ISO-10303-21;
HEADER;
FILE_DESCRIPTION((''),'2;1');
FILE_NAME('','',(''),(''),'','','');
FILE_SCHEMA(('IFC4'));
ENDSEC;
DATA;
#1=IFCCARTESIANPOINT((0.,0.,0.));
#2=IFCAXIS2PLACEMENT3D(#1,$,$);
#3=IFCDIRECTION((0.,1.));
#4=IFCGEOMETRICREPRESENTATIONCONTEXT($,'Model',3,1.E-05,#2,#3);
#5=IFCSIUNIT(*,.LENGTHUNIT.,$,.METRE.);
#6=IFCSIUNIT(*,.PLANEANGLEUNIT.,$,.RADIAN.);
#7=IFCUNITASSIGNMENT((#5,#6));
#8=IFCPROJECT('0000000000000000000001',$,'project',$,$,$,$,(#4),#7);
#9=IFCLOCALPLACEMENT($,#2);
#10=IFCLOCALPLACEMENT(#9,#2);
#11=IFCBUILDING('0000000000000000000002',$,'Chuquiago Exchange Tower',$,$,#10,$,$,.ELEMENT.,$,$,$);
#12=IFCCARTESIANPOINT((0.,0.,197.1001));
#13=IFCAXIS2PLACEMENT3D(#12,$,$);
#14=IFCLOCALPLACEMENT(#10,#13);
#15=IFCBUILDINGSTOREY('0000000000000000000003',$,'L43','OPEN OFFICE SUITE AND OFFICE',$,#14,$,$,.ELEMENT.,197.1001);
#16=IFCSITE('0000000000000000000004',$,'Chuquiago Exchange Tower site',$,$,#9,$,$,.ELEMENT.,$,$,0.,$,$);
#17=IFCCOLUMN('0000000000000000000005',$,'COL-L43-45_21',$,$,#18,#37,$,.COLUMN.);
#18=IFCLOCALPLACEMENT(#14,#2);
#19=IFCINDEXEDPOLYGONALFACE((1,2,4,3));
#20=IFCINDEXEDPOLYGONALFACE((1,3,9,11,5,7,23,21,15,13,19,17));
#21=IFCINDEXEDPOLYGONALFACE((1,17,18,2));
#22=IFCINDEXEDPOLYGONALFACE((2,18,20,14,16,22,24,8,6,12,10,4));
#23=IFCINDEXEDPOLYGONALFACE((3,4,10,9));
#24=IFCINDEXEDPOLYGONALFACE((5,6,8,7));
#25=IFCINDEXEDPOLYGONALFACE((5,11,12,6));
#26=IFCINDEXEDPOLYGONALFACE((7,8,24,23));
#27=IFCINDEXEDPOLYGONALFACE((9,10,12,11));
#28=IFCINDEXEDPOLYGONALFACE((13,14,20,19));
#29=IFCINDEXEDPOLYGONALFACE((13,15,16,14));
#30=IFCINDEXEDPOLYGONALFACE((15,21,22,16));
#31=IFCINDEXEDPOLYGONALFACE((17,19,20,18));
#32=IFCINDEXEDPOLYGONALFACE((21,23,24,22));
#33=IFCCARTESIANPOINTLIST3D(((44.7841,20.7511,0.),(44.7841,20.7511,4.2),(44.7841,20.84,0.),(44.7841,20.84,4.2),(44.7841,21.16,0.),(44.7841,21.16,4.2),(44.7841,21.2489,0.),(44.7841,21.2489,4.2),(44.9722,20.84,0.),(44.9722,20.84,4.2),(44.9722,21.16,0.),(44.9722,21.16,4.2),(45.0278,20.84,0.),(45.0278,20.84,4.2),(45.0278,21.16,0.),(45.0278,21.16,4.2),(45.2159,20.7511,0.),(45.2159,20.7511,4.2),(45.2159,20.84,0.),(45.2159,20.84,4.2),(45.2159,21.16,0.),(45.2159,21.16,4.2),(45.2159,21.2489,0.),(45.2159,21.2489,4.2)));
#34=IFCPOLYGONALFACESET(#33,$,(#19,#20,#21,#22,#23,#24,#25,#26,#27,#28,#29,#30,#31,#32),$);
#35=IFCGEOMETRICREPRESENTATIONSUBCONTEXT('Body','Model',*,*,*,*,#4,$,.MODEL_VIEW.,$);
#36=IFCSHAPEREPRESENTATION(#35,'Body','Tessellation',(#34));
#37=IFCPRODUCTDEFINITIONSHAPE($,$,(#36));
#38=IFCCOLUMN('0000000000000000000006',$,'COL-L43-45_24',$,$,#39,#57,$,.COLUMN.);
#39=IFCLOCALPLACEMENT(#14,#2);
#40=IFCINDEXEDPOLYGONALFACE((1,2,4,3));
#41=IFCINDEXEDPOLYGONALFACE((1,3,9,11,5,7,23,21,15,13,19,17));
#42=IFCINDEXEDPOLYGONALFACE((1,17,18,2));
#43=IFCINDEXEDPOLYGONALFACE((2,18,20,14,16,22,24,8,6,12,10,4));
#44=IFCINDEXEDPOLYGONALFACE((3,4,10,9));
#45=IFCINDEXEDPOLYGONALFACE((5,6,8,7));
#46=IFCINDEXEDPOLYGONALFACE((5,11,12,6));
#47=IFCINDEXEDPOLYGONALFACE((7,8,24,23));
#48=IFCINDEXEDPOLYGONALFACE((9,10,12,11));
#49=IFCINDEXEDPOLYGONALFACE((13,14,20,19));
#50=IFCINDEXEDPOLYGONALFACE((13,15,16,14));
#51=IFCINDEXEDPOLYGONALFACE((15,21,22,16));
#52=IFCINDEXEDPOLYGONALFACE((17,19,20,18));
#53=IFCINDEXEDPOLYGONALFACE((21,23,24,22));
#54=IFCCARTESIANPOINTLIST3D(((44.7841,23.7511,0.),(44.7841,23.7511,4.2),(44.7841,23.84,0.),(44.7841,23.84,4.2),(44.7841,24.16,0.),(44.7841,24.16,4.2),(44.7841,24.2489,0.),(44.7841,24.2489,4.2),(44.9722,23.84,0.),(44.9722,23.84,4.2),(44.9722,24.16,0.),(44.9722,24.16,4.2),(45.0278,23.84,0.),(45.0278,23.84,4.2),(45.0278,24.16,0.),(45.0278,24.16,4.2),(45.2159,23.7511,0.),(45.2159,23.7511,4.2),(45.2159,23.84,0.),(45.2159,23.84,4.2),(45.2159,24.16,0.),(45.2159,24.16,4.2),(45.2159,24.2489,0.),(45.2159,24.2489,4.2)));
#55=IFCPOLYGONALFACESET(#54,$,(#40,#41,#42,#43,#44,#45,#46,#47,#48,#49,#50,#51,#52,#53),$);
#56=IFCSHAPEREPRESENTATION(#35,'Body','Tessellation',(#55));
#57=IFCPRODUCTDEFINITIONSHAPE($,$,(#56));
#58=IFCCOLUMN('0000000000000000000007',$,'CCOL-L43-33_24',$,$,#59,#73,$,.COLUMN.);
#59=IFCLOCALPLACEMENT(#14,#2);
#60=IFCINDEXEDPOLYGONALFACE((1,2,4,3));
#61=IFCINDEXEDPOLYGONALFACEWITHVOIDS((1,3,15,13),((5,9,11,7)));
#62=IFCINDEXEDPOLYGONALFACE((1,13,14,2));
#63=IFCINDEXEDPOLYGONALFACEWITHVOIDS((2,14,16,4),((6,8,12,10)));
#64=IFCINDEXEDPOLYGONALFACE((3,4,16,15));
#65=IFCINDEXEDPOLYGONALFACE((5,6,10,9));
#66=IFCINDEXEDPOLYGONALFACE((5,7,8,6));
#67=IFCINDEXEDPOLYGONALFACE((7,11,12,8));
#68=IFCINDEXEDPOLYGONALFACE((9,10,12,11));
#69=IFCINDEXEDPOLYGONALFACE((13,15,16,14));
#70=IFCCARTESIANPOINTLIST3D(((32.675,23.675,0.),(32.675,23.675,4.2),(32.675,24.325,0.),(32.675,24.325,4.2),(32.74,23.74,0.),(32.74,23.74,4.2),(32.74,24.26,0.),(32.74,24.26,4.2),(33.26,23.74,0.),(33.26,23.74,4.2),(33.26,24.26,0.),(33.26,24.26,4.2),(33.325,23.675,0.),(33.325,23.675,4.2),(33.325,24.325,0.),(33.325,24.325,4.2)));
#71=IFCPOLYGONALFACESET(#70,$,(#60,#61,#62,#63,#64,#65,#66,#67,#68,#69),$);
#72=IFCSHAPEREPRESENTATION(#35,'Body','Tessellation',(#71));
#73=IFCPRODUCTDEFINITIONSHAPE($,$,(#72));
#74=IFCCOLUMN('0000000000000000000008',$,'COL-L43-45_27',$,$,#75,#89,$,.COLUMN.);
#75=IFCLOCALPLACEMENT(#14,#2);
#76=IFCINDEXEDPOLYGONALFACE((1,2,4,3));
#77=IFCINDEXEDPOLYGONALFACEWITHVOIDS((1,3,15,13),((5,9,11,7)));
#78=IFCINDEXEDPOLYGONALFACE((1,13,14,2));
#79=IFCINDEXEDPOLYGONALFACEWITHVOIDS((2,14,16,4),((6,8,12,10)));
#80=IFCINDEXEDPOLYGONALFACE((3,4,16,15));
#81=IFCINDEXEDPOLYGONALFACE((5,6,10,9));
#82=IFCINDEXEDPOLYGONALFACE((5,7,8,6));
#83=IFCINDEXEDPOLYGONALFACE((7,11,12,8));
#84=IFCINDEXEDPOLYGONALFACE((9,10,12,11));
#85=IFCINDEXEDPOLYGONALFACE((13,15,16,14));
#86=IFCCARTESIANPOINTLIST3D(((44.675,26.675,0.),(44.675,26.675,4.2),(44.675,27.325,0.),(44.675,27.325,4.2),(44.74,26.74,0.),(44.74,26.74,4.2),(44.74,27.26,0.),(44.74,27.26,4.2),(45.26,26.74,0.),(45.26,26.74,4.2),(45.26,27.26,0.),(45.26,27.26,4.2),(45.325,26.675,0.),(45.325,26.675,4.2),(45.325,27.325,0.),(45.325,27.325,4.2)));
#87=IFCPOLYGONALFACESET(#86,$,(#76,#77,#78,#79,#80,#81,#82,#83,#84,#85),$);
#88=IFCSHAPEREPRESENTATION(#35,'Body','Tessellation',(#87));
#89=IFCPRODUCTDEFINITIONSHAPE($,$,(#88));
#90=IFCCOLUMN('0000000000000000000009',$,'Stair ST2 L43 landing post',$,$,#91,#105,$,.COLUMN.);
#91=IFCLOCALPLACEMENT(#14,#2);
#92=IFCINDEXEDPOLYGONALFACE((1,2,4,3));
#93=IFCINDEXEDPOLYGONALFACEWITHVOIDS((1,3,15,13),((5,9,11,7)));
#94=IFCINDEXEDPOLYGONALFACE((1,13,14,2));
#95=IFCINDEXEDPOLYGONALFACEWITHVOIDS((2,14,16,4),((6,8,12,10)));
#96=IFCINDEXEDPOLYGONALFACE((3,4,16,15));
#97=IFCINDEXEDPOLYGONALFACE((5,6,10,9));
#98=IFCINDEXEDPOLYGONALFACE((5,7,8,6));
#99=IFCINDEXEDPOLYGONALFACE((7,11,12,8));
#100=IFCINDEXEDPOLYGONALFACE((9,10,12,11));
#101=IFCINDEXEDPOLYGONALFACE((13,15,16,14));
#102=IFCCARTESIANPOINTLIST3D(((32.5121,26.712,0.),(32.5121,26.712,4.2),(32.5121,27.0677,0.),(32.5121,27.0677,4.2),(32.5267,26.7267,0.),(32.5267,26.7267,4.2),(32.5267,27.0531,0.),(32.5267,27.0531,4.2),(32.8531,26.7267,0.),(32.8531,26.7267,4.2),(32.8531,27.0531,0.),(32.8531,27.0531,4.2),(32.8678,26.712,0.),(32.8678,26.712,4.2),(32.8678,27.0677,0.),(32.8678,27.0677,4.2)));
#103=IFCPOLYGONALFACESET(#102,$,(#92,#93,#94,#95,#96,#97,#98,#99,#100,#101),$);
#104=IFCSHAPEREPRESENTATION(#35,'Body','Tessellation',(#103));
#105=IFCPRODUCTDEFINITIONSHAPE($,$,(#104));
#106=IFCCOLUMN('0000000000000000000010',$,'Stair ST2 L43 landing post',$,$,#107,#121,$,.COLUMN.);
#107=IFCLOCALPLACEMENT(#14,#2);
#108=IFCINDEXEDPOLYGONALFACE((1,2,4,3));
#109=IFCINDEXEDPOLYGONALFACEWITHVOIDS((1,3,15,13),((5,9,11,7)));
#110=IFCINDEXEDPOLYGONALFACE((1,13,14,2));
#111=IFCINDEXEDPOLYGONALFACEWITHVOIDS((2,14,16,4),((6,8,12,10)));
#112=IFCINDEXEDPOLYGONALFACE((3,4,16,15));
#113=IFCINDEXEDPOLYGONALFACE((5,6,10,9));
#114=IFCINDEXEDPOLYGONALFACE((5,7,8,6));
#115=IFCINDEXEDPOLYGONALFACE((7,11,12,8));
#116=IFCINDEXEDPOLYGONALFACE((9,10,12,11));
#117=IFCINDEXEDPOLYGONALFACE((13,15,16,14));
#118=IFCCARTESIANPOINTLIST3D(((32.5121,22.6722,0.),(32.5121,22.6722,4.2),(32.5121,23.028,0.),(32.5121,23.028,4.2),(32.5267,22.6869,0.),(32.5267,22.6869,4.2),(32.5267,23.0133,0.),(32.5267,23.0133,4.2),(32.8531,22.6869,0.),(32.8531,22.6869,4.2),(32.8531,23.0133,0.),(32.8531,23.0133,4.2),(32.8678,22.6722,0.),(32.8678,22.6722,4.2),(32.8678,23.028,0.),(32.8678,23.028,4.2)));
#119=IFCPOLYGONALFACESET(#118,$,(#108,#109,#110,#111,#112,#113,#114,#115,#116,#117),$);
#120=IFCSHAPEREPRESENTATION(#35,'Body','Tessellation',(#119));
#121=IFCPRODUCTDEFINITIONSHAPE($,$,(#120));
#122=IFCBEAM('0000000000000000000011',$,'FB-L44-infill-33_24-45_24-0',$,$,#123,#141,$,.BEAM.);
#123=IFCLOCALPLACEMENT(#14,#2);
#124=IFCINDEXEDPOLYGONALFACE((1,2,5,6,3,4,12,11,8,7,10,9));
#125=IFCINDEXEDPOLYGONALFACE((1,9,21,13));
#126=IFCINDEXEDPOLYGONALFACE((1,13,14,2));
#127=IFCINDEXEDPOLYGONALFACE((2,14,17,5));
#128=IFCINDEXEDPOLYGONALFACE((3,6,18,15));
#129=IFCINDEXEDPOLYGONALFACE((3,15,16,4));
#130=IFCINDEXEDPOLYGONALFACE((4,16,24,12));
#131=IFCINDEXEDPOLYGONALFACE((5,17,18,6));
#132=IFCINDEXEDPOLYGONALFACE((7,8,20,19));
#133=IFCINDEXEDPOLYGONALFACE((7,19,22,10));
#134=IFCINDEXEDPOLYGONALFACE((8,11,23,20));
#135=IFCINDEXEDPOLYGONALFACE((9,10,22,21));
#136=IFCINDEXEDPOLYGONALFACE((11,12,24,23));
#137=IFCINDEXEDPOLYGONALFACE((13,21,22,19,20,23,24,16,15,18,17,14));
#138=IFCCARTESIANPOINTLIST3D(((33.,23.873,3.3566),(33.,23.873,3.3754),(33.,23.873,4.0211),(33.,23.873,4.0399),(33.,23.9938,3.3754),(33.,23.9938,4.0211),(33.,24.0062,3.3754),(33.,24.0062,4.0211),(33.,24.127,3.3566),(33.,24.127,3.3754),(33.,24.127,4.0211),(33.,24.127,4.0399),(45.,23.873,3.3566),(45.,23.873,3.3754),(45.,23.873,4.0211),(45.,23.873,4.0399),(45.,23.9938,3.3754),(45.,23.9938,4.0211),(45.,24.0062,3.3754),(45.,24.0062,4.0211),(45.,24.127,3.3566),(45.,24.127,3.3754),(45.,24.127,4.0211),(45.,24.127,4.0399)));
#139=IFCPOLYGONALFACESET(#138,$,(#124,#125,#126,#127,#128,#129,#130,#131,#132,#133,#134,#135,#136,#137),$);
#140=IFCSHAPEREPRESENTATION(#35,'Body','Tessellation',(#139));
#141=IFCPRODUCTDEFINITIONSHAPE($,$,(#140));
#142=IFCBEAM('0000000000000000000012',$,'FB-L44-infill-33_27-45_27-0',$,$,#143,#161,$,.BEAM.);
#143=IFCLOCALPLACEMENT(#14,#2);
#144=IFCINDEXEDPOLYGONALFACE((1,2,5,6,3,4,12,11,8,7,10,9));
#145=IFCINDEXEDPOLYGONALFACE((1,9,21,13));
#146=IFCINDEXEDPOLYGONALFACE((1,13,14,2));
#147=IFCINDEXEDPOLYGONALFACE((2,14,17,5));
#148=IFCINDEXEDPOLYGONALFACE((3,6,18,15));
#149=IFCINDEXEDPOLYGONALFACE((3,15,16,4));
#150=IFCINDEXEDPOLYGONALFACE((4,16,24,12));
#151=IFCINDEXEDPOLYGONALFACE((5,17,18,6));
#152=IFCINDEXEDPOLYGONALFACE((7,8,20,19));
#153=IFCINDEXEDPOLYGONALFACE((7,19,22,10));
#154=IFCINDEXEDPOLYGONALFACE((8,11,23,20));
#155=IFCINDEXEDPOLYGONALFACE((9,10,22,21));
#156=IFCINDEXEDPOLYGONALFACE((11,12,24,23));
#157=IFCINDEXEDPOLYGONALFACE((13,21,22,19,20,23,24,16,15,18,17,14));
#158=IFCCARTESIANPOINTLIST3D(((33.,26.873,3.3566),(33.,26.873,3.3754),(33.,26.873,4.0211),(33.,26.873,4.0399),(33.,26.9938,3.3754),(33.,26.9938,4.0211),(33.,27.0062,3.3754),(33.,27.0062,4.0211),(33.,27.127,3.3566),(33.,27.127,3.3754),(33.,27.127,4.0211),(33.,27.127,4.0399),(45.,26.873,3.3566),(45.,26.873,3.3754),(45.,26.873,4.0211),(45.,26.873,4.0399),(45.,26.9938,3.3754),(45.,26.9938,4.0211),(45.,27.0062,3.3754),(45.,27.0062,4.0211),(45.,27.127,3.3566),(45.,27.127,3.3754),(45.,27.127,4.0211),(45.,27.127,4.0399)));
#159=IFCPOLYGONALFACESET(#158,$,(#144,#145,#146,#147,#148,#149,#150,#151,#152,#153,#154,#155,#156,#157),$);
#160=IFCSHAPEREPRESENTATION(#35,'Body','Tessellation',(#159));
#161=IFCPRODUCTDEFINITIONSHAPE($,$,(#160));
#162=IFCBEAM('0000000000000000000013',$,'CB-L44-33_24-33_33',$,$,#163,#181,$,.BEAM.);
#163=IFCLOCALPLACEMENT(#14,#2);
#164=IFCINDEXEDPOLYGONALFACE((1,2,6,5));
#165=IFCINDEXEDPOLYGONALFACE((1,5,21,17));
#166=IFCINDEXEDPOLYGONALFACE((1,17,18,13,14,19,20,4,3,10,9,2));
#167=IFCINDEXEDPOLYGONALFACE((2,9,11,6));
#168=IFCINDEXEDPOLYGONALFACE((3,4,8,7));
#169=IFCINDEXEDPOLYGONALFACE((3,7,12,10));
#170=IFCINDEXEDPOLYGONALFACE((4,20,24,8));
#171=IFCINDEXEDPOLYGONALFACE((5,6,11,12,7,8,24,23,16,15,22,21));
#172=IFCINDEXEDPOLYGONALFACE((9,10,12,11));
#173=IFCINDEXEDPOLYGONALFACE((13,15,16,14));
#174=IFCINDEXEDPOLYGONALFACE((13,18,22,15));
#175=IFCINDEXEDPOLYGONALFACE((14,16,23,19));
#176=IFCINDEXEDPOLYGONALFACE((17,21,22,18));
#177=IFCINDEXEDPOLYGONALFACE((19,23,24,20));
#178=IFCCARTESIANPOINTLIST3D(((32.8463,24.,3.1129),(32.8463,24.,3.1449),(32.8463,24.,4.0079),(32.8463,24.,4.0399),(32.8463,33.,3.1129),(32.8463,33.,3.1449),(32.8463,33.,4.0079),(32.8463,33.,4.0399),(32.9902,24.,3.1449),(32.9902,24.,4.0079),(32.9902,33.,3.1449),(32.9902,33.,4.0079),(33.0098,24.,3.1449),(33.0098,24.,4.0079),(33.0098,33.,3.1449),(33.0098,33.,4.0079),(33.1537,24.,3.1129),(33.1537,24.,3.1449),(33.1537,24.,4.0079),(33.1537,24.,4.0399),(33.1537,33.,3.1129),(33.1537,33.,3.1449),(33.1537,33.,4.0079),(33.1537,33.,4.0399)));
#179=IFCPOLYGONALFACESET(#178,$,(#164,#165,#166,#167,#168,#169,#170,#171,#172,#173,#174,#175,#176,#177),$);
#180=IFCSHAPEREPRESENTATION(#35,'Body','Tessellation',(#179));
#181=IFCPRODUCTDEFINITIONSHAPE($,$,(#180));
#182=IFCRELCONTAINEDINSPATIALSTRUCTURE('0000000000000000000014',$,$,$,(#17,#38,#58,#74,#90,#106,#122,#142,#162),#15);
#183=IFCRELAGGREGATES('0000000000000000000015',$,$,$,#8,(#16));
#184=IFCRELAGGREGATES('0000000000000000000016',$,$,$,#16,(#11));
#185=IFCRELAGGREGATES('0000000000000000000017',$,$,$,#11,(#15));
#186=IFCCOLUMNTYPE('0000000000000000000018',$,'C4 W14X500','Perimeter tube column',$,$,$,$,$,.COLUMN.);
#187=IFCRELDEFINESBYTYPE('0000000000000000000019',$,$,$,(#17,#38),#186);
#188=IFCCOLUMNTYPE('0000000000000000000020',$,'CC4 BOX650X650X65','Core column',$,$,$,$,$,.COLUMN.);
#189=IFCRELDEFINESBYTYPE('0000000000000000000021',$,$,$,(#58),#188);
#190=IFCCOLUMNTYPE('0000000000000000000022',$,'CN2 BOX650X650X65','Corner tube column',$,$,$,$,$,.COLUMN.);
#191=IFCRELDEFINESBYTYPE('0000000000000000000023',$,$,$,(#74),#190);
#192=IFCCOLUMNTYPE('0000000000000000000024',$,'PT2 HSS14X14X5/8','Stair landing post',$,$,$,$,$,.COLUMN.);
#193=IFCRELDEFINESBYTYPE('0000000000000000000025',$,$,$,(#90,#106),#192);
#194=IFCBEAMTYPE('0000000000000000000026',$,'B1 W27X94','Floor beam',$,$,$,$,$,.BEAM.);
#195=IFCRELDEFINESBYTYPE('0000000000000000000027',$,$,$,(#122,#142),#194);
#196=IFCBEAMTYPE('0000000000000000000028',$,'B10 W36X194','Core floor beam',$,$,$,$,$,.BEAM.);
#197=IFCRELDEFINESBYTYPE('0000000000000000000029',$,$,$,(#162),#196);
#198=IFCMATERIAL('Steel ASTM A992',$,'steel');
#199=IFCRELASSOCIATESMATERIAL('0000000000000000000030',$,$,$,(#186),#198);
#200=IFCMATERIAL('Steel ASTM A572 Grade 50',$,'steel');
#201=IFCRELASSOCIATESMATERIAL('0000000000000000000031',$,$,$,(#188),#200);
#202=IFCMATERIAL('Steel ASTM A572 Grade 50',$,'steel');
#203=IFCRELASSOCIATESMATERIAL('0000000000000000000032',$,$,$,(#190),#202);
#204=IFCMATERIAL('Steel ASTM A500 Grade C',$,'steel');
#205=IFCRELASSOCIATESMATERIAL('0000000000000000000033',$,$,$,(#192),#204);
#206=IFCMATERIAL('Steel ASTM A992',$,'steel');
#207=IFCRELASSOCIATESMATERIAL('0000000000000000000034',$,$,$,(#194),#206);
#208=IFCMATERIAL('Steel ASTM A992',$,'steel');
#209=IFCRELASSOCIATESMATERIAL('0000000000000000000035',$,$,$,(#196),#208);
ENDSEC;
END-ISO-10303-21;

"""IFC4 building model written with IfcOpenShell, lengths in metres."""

from ifc_helpers import new_model, si_unit, direction, frame, origin, origin_2d, place, context, subcontext, project, spatial, hollow_rectangle, i_section, extrude, material, material_profile, profile_set, type_object, element, save


model = new_model("IFC4")

# Units and contexts
model_context = context("Model", 3, precision=1e-05, world=origin(), true_north=direction((0.0, 1.0)))
body_context = subcontext(model_context, "Body", "Model", "MODEL_VIEW")
ifc_project = project(units=[si_unit("LENGTHUNIT", "METRE"), si_unit("PLANEANGLEUNIT", "RADIAN")], contexts=[model_context])

# Site, building, storey
site_placement = place(None, origin())
site = spatial("IfcSite", under=ifc_project, at=site_placement, Name="Chuquiago Exchange Tower site", CompositionType="ELEMENT", RefElevation=0.0)
building_placement = place(site_placement, origin())
building = spatial("IfcBuilding", under=site, at=building_placement, Name="Chuquiago Exchange Tower", CompositionType="ELEMENT")
storey_placement = place(building_placement, frame((0.0, 0.0, 197.1001)))
storey = spatial("IfcBuildingStorey", under=building, at=storey_placement, Name="L43", Description="OPEN OFFICE SUITE AND OFFICE", CompositionType="ELEMENT", Elevation=197.1001)

# Columns
ifc_material_1 = material(Name="Steel ASTM A992", Category="steel")
ifc_material_profile_1 = material_profile(ifc_material_1, i_section(OverallWidth=0.4319, OverallDepth=0.4978, WebThickness=0.0557, FlangeThickness=0.0889, at=origin_2d()), Name="W14X500")
ifc_profile_set_1 = profile_set([ifc_material_profile_1], Name="Steel ASTM A992")
column_type_1 = type_object("IfcColumnType", Name="C4 W14X500", Description="Perimeter tube column", PredefinedType="COLUMN", material=ifc_profile_set_1)
for number, where, z_axis, x_axis, name in (
    (1, (45.0, 21.0, 0.0), (0.0, 0.0, 1.0), (1.0, 0.0, 0.0), "COL-L43-45_21"),
    (2, (45.0, 24.0, 0.0), (0.0, 0.0, 1.0), (1.0, 0.0, 0.0), "COL-L43-45_24"),
):
    element("IfcColumn", number, at=place(storey_placement, frame(where, z_axis=z_axis, x_axis=x_axis)), inside=storey, type_object=column_type_1, Name=name, PredefinedType="COLUMN", context=body_context, shape_type="SweptSolid", body=[
        extrude(i_section(OverallWidth=0.4319, OverallDepth=0.4978, WebThickness=0.0557, FlangeThickness=0.0889, at=origin_2d()), origin(), (0.0, 0.0, 1.0), 4.2),
    ])
ifc_material_2 = material(Name="Steel ASTM A572 Grade 50", Category="steel")
ifc_material_profile_2 = material_profile(ifc_material_2, hollow_rectangle(XDim=0.6499, YDim=0.6499, WallThickness=0.0649, at=origin_2d()), Name="BOX650X650X65")
ifc_profile_set_2 = profile_set([ifc_material_profile_2], Name="Steel ASTM A572 Grade 50")
column_type_2 = type_object("IfcColumnType", Name="CC4 BOX650X650X65", Description="Core column", PredefinedType="COLUMN", material=ifc_profile_set_2)
column_1_placement = place(storey_placement, frame((33.0, 24.0, 0.0), z_axis=(0.0, 0.0, 1.0), x_axis=(1.0, 0.0, 0.0)))
element("IfcColumn", 3, at=column_1_placement, inside=storey, type_object=column_type_2, Name="CCOL-L43-33_24", PredefinedType="COLUMN", context=body_context, shape_type="SweptSolid", body=[
    extrude(hollow_rectangle(XDim=0.6499, YDim=0.6499, WallThickness=0.0649, at=origin_2d()), origin(), (0.0, 0.0, 1.0), 4.2),
])
ifc_material_3 = material(Name="Steel ASTM A572 Grade 50", Category="steel")
ifc_material_profile_3 = material_profile(ifc_material_3, hollow_rectangle(XDim=0.6499, YDim=0.6499, WallThickness=0.0649, at=origin_2d()), Name="BOX650X650X65")
ifc_profile_set_3 = profile_set([ifc_material_profile_3], Name="Steel ASTM A572 Grade 50")
column_type_3 = type_object("IfcColumnType", Name="CN2 BOX650X650X65", Description="Corner tube column", PredefinedType="COLUMN", material=ifc_profile_set_3)
column_2_placement = place(storey_placement, frame((45.0, 27.0, 0.0), z_axis=(0.0, 0.0, 1.0), x_axis=(1.0, 0.0, 0.0)))
element("IfcColumn", 4, at=column_2_placement, inside=storey, type_object=column_type_3, Name="COL-L43-45_27", PredefinedType="COLUMN", context=body_context, shape_type="SweptSolid", body=[
    extrude(hollow_rectangle(XDim=0.6499, YDim=0.6499, WallThickness=0.0649, at=origin_2d()), origin(), (0.0, 0.0, 1.0), 4.2),
])
ifc_material_4 = material(Name="Steel ASTM A500 Grade C", Category="steel")
ifc_material_profile_4 = material_profile(ifc_material_4, hollow_rectangle(XDim=0.3557, YDim=0.3557, WallThickness=0.0146, at=origin_2d()), Name="HSS14X14X5/8")
ifc_profile_set_4 = profile_set([ifc_material_profile_4], Name="Steel ASTM A500 Grade C")
column_type_4 = type_object("IfcColumnType", Name="PT2 HSS14X14X5/8", Description="Stair landing post", PredefinedType="COLUMN", material=ifc_profile_set_4)
for number, where, z_axis, x_axis, name in (
    (5, (32.6899, 26.8899, 0.0), (0.0, 0.0, 1.0), (1.0, 0.0, 0.0), "Stair ST2 L43 landing post"),
    (6, (32.6899, 22.8501, 0.0), (0.0, 0.0, 1.0), (1.0, 0.0, 0.0), "Stair ST2 L43 landing post"),
):
    element("IfcColumn", number, at=place(storey_placement, frame(where, z_axis=z_axis, x_axis=x_axis)), inside=storey, type_object=column_type_4, Name=name, PredefinedType="COLUMN", context=body_context, shape_type="SweptSolid", body=[
        extrude(hollow_rectangle(XDim=0.3557, YDim=0.3557, WallThickness=0.0146, at=origin_2d()), origin(), (0.0, 0.0, 1.0), 4.2),
    ])

# Beams
ifc_material_5 = material(Name="Steel ASTM A992", Category="steel")
ifc_material_profile_5 = material_profile(ifc_material_5, i_section(OverallWidth=0.2539, OverallDepth=0.6833, WebThickness=0.0125, FlangeThickness=0.0188, at=origin_2d()), Name="W27X94")
ifc_profile_set_5 = profile_set([ifc_material_profile_5], Name="Steel ASTM A992")
beam_type_1 = type_object("IfcBeamType", Name="B1 W27X94", Description="Floor beam", PredefinedType="BEAM", material=ifc_profile_set_5)
for number, where, z_axis, x_axis, name in (
    (7, (33.0, 24.0, 3.6982), (1.0, 0.0, 0.0), (0.0, 1.0, 0.0), "FB-L44-infill-33_24-45_24-0"),
    (8, (33.0, 27.0, 3.6982), (1.0, 0.0, 0.0), (0.0, 1.0, 0.0), "FB-L44-infill-33_27-45_27-0"),
):
    element("IfcBeam", number, at=place(storey_placement, frame(where, z_axis=z_axis, x_axis=x_axis)), inside=storey, type_object=beam_type_1, Name=name, PredefinedType="BEAM", context=body_context, shape_type="SweptSolid", body=[
        extrude(i_section(OverallWidth=0.2539, OverallDepth=0.6833, WebThickness=0.0125, FlangeThickness=0.0188, at=origin_2d()), origin(), (0.0, 0.0, 1.0), 12.0),
    ])
ifc_material_6 = material(Name="Steel ASTM A992", Category="steel")
ifc_material_profile_6 = material_profile(ifc_material_6, i_section(OverallWidth=0.3074, OverallDepth=0.927, WebThickness=0.0195, FlangeThickness=0.032, at=origin_2d()), Name="W36X194")
ifc_profile_set_6 = profile_set([ifc_material_profile_6], Name="Steel ASTM A992")
beam_type_2 = type_object("IfcBeamType", Name="B10 W36X194", Description="Core floor beam", PredefinedType="BEAM", material=ifc_profile_set_6)
beam_1_placement = place(storey_placement, frame((33.0, 24.0, 3.5764), z_axis=(0.0, 1.0, 0.0), x_axis=(-1.0, 0.0, 0.0)))
element("IfcBeam", 9, at=beam_1_placement, inside=storey, type_object=beam_type_2, Name="CB-L44-33_24-33_33", PredefinedType="BEAM", context=body_context, shape_type="SweptSolid", body=[
    extrude(i_section(OverallWidth=0.3074, OverallDepth=0.927, WebThickness=0.0195, FlangeThickness=0.032, at=origin_2d()), origin(), (0.0, 0.0, 1.0), 9.0),
])

save(model, "model.ifc")
